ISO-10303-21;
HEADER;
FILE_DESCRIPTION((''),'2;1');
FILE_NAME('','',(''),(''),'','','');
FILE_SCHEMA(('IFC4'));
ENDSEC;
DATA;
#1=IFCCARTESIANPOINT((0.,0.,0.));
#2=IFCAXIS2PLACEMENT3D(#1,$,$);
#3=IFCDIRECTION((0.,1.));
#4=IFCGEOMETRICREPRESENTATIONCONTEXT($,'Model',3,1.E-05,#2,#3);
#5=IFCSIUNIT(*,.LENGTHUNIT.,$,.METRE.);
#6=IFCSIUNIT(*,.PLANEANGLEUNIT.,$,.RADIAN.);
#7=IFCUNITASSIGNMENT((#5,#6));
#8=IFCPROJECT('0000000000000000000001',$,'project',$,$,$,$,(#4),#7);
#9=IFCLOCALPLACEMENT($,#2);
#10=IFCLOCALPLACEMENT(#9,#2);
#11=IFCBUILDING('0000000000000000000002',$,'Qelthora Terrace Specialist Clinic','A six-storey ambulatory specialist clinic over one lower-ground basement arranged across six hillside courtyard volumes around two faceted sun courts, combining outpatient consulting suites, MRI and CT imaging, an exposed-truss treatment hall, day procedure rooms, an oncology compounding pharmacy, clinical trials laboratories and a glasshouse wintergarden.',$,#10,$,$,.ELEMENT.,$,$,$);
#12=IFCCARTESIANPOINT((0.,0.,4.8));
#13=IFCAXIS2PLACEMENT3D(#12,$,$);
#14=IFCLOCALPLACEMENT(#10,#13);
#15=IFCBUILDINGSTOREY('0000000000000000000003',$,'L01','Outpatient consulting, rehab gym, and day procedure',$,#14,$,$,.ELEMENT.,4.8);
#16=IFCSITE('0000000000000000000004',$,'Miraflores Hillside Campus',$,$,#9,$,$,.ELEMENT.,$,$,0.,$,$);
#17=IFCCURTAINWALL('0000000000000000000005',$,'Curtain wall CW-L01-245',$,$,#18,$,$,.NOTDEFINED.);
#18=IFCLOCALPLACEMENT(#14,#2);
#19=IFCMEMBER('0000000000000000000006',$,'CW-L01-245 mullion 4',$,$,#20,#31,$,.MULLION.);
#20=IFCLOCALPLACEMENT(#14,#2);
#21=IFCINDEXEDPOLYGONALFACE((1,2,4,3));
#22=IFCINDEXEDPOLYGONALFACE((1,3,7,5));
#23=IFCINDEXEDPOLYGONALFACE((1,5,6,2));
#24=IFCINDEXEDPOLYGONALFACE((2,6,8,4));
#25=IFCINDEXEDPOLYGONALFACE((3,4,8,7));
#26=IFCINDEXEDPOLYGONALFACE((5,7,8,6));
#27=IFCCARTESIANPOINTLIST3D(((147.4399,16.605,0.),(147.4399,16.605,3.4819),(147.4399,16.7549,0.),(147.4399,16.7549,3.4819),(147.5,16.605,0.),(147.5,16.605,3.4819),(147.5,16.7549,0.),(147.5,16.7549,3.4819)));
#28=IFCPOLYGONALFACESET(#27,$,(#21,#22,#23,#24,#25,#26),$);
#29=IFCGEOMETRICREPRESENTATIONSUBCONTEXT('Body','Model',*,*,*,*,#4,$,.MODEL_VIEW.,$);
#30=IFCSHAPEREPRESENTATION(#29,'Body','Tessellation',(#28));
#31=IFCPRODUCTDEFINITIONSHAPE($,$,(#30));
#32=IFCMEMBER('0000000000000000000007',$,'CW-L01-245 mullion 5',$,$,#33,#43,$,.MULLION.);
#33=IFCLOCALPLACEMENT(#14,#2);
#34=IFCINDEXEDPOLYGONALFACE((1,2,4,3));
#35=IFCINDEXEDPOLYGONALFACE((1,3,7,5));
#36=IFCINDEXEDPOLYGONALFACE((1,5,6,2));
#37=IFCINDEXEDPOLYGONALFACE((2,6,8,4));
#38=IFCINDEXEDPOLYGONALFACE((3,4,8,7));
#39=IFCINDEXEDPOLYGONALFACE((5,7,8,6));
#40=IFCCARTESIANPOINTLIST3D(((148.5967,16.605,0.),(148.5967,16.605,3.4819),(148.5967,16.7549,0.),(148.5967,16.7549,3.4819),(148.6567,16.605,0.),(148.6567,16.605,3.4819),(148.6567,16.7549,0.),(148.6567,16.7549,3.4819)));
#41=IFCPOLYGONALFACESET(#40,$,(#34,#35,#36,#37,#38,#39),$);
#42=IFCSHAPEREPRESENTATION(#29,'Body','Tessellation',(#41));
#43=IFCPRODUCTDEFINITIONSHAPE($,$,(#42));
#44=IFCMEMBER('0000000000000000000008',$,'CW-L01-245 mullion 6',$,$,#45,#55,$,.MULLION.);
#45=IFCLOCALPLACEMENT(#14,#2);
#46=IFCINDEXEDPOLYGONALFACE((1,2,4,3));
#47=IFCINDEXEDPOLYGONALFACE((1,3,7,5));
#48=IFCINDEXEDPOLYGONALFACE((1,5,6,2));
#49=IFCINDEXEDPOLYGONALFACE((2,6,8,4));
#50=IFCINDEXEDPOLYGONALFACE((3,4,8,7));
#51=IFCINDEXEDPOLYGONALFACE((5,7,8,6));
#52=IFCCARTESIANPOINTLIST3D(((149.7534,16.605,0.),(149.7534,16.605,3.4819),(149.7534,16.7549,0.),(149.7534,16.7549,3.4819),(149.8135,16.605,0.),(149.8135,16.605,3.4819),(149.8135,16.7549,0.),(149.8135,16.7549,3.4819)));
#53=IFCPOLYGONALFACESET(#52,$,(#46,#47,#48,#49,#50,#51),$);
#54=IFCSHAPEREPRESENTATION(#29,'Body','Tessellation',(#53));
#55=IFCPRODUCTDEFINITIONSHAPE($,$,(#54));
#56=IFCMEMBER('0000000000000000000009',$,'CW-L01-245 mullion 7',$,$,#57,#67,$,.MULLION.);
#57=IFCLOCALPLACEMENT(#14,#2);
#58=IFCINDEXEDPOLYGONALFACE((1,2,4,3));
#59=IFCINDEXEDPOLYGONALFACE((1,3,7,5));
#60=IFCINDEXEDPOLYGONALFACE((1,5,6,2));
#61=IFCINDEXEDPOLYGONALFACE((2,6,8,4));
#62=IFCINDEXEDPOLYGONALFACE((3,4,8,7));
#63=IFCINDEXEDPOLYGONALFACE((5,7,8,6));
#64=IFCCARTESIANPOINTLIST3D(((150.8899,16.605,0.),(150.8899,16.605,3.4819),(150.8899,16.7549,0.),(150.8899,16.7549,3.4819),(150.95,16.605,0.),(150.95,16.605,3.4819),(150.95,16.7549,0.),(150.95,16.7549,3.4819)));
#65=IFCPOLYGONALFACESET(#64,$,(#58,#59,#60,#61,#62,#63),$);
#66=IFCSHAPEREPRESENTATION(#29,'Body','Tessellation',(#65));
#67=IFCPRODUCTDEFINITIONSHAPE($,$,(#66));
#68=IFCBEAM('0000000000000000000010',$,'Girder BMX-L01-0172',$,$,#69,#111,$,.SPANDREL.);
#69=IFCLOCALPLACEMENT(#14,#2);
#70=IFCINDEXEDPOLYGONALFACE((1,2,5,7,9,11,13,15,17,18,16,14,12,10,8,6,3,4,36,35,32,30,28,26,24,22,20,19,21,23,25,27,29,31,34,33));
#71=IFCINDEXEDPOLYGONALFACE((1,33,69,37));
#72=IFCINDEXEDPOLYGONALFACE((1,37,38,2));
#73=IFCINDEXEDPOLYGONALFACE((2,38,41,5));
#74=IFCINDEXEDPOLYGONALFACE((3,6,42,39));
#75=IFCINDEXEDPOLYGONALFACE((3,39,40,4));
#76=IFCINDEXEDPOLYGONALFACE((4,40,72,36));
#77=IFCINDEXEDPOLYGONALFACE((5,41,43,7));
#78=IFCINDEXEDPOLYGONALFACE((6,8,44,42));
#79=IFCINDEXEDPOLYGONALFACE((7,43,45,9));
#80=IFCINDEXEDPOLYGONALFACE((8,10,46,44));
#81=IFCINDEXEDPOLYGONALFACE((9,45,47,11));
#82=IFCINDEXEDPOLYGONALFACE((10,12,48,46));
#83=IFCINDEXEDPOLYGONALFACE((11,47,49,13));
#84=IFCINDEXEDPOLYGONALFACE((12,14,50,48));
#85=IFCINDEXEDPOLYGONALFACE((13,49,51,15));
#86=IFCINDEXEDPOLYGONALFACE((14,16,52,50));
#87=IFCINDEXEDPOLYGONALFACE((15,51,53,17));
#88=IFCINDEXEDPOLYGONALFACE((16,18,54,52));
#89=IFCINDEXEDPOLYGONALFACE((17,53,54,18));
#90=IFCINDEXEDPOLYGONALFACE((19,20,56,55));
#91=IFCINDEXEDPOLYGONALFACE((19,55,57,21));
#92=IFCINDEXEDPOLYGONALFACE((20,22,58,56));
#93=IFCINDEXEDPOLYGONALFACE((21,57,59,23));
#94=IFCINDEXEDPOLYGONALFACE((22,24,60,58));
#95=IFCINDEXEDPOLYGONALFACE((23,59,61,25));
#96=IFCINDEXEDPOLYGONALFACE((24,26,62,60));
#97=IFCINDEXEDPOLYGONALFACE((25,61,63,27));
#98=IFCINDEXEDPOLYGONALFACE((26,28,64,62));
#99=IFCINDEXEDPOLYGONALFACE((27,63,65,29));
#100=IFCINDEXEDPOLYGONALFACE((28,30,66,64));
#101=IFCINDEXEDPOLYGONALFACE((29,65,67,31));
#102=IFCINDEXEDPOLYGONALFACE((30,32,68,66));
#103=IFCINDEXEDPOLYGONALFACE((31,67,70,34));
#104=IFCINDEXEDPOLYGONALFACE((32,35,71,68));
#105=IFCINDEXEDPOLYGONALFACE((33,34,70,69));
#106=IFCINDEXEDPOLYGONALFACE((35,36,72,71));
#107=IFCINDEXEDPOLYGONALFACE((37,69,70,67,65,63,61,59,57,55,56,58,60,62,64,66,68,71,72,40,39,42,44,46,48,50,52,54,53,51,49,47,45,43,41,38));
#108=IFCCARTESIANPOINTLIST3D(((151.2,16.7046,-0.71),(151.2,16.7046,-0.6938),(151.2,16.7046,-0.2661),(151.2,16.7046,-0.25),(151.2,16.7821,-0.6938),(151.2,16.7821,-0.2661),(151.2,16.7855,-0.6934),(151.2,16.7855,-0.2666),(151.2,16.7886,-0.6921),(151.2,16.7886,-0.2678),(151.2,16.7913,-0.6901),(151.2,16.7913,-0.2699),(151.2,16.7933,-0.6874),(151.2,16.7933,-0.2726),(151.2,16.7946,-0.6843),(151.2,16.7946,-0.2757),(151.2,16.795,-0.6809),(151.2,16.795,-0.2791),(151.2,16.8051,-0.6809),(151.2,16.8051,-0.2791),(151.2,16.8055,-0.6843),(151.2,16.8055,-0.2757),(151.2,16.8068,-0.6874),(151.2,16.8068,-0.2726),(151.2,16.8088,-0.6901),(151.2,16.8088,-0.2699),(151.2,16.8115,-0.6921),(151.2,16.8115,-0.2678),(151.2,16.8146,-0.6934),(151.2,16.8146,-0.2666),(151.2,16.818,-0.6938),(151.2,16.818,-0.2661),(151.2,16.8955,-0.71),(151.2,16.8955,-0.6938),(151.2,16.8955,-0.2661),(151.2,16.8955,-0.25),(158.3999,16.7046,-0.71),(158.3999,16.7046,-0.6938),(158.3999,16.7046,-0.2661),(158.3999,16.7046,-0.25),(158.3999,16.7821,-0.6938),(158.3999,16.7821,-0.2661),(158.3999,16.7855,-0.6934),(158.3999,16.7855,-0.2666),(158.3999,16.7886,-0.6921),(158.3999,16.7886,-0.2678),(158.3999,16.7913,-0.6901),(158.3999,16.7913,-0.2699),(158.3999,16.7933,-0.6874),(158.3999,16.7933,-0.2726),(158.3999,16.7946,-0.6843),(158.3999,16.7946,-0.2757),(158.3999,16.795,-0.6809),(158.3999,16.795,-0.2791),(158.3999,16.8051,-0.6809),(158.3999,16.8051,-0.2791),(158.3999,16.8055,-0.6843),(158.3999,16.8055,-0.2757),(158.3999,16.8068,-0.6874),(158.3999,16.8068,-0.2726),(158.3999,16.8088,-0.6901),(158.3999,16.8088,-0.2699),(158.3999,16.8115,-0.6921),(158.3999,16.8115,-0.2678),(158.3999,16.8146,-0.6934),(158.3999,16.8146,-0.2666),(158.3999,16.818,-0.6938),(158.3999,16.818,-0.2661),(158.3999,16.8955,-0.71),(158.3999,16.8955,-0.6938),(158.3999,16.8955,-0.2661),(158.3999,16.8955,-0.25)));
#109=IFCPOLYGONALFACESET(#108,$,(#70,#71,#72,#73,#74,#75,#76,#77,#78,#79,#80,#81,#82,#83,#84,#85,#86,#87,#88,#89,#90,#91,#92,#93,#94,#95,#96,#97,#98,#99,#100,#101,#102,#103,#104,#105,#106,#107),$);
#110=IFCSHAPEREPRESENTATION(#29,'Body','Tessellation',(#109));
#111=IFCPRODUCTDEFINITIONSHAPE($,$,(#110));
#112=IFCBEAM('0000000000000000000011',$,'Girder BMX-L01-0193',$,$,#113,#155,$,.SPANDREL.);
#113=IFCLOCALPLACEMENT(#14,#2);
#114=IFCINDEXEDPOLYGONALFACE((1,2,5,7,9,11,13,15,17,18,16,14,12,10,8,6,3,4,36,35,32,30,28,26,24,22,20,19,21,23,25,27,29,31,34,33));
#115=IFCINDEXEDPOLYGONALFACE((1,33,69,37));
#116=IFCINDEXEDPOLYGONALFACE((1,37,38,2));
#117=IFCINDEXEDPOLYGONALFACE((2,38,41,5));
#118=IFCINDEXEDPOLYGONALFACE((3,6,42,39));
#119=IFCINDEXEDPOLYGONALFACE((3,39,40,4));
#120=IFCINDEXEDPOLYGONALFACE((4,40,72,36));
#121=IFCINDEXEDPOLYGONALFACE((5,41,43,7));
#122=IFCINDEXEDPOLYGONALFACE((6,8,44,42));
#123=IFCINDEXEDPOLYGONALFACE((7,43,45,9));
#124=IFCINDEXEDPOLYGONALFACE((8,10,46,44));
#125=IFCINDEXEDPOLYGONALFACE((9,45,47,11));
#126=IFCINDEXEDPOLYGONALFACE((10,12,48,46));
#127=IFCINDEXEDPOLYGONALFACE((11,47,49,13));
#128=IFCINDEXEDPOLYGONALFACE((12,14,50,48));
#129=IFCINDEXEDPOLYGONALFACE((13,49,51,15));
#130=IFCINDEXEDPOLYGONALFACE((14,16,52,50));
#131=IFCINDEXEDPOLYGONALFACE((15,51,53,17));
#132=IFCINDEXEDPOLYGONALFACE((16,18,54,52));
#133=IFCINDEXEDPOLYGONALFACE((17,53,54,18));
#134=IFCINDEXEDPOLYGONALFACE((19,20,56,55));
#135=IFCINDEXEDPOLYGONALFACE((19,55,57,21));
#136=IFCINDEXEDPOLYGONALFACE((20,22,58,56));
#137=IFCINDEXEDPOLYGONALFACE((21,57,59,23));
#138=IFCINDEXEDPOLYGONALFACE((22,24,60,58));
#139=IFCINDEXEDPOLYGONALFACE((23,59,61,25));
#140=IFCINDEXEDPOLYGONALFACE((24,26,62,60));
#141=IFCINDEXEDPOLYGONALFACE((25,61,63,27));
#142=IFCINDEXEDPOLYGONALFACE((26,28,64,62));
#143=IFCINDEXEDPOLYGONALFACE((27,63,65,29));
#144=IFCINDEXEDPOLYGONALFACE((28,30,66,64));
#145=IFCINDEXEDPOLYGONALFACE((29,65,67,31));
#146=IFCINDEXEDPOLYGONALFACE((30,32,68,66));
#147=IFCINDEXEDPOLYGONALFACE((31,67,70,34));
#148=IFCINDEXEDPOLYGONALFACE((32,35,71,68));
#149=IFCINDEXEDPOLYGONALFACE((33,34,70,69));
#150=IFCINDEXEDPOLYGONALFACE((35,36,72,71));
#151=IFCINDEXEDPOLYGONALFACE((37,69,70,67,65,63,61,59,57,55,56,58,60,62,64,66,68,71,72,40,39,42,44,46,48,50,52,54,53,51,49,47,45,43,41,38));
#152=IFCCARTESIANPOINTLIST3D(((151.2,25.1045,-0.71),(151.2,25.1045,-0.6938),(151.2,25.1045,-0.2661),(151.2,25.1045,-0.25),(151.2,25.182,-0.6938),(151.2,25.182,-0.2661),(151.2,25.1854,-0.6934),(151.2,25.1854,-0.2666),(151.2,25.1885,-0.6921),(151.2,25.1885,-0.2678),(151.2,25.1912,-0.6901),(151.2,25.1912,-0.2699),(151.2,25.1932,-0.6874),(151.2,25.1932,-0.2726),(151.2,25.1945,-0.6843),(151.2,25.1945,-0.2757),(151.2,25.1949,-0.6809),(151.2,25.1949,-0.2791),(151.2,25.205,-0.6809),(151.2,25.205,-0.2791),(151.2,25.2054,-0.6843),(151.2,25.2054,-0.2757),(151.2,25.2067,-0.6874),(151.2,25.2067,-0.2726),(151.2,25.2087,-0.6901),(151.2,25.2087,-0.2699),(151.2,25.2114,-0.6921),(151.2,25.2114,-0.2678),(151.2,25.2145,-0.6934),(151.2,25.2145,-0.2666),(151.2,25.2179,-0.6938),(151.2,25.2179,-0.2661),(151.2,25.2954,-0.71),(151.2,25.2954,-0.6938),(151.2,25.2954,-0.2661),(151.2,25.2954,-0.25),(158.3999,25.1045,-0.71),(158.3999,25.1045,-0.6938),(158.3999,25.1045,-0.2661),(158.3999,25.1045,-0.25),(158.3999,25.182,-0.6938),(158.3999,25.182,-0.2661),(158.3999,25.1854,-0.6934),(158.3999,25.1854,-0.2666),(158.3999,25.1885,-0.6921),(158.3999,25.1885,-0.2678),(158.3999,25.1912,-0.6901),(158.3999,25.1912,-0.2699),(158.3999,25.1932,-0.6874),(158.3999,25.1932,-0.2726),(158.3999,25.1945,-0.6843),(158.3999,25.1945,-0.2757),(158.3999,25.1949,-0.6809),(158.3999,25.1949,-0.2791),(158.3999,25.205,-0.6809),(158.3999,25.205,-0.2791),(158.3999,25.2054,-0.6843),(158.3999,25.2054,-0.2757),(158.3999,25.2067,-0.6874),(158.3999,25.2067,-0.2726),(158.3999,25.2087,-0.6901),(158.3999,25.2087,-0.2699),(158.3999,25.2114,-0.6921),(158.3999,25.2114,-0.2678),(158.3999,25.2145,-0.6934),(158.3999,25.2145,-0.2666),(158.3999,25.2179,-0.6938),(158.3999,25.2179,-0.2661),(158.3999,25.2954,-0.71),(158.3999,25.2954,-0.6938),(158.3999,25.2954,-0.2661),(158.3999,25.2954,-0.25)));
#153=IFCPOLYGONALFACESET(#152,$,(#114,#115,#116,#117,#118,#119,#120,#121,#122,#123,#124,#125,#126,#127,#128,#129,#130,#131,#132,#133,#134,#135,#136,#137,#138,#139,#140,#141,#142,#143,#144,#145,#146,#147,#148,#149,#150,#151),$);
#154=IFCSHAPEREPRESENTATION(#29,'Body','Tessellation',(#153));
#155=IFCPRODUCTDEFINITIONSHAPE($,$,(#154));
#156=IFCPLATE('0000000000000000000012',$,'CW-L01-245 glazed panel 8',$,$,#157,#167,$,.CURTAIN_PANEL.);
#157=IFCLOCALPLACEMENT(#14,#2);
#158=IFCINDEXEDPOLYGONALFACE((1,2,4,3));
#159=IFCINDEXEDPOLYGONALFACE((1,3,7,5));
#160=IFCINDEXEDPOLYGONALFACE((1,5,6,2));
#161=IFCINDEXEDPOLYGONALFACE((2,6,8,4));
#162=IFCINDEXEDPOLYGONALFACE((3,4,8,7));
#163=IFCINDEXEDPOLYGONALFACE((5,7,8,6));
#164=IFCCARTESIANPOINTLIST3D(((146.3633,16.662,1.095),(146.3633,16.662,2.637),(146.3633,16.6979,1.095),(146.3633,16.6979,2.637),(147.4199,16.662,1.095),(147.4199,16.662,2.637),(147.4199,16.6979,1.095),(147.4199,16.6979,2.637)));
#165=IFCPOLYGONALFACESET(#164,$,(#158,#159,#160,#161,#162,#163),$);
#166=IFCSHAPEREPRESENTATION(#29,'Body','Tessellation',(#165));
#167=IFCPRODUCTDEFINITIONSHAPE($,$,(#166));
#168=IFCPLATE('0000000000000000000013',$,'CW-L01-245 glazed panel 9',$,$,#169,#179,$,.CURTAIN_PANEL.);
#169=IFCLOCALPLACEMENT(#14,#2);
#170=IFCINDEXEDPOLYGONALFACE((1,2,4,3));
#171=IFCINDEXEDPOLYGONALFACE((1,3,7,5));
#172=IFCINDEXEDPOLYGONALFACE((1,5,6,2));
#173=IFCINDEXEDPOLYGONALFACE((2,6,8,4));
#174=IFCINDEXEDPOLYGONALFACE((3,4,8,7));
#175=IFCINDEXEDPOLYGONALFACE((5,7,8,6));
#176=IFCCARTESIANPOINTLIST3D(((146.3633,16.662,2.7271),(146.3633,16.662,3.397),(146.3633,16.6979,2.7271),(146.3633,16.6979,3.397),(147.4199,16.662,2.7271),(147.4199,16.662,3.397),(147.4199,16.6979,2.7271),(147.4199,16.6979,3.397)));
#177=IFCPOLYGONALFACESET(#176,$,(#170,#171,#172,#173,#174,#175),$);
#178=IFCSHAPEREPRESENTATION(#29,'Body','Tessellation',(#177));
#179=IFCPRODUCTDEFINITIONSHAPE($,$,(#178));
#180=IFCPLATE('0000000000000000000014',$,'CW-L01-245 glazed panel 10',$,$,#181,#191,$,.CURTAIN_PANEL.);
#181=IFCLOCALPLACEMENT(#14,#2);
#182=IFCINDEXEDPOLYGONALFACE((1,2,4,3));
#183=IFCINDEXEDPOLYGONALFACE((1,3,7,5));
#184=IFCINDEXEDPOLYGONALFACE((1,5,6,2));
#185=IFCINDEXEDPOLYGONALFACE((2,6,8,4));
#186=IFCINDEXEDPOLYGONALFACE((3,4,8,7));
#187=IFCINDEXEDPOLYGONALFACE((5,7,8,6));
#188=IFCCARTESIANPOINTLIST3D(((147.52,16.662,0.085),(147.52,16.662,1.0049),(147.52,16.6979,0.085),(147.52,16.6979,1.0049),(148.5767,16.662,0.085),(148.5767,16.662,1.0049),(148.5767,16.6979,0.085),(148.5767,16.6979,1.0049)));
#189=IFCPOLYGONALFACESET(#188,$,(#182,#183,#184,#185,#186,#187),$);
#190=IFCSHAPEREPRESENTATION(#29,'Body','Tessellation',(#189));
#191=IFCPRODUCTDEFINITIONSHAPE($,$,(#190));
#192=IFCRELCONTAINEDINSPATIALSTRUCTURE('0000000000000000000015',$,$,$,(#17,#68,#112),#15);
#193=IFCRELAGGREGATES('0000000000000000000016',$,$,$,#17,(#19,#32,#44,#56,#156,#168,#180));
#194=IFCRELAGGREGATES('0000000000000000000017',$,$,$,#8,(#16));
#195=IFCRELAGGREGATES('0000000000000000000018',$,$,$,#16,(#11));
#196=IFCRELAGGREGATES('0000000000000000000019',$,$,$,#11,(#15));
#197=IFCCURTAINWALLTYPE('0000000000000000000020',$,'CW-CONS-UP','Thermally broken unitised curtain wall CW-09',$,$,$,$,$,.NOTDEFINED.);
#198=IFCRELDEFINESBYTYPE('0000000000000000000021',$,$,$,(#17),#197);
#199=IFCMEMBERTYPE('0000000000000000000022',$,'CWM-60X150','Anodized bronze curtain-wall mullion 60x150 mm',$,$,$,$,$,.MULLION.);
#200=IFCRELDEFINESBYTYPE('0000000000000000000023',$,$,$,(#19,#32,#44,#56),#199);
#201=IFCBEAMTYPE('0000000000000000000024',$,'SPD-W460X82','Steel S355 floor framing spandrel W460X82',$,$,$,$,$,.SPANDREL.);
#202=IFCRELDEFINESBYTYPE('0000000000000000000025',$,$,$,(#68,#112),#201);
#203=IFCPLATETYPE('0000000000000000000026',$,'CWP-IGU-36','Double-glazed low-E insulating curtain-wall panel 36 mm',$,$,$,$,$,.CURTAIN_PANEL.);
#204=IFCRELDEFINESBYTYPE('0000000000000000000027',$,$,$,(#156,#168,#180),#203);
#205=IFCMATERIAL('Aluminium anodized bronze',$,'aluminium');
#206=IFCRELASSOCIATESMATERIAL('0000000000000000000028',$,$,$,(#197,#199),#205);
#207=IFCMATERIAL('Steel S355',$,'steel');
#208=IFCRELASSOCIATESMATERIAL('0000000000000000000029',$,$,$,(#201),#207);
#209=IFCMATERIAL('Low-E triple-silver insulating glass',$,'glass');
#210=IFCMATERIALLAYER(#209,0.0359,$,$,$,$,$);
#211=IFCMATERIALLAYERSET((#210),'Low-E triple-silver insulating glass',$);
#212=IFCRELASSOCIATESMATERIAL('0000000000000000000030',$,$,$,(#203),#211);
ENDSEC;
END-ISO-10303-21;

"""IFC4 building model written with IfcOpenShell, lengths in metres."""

from ifc_helpers import new_model, si_unit, direction, frame, origin, origin_2d, place, context, subcontext, project, spatial, rectangle, i_section, extrude, material, layer, layer_set, material_profile, profile_set, type_object, element, aggregate, save


model = new_model("IFC4")

# Units and contexts
model_context = context("Model", 3, precision=1e-05, world=origin(), true_north=direction((0.0, 1.0)))
body_context = subcontext(model_context, "Body", "Model", "MODEL_VIEW")
ifc_project = project(units=[si_unit("LENGTHUNIT", "METRE"), si_unit("PLANEANGLEUNIT", "RADIAN")], contexts=[model_context])

# Site, building, storey
site_placement = place(None, origin())
site = spatial("IfcSite", under=ifc_project, at=site_placement, Name="Miraflores Hillside Campus", CompositionType="ELEMENT", RefElevation=0.0)
building_placement = place(site_placement, origin())
building = spatial("IfcBuilding", under=site, at=building_placement, Name="Qelthora Terrace Specialist Clinic", Description="A six-storey ambulatory specialist clinic over one lower-ground basement arranged across six hillside courtyard volumes around two faceted sun courts, combining outpatient consulting suites, MRI and CT imaging, an exposed-truss treatment hall, day procedure rooms, an oncology compounding pharmacy, clinical trials laboratories and a glasshouse wintergarden.", CompositionType="ELEMENT")
storey_placement = place(building_placement, frame((0.0, 0.0, 4.8)))
storey = spatial("IfcBuildingStorey", under=building, at=storey_placement, Name="L01", Description="Outpatient consulting, rehab gym, and day procedure", CompositionType="ELEMENT", Elevation=4.8)

# Shared definitions
ifc_material_1 = material(Name="Steel S355", Category="steel")

# Curtain wall, members
ifc_material_2 = material(Name="Aluminium anodized bronze", Category="aluminium")
curtain_wall_type = type_object("IfcCurtainWallType", Name="CW-CONS-UP", Description="Thermally broken unitised curtain wall CW-09", PredefinedType="NOTDEFINED", material=ifc_material_2)
curtain_wall_placement = place(storey_placement, origin())
curtain_wall = element("IfcCurtainWall", 1, at=curtain_wall_placement, inside=storey, type_object=curtain_wall_type, Name="Curtain wall CW-L01-245", PredefinedType="NOTDEFINED")
ifc_material_profile_1 = material_profile(ifc_material_2, rectangle(XDim=0.0601, YDim=0.1499, at=origin_2d()), Name="CWM60X150")
ifc_profile_set_1 = profile_set([ifc_material_profile_1], Name="Aluminium anodized bronze")
member_type = type_object("IfcMemberType", Name="CWM-60X150", Description="Anodized bronze curtain-wall mullion 60x150 mm", PredefinedType="MULLION", material=ifc_profile_set_1)
member_1_placement = place(storey_placement, frame((147.47, 16.6799, 0.0), z_axis=(0.0, 0.0, 1.0), x_axis=(1.0, 0.0, 0.0)))
member_1 = element("IfcMember", 2, at=member_1_placement, type_object=member_type, Name="CW-L01-245 mullion 4", PredefinedType="MULLION", context=body_context, shape_type="SweptSolid", body=[
    extrude(rectangle(XDim=0.0601, YDim=0.1499, at=origin_2d()), origin(), (0.0, 0.0, 1.0), 3.4819),
])
member_2_placement = place(storey_placement, frame((148.6267, 16.6799, 0.0), z_axis=(0.0, 0.0, 1.0), x_axis=(1.0, 0.0, 0.0)))
member_2 = element("IfcMember", 3, at=member_2_placement, type_object=member_type, Name="CW-L01-245 mullion 5", PredefinedType="MULLION", context=body_context, shape_type="SweptSolid", body=[
    extrude(rectangle(XDim=0.0601, YDim=0.1499, at=origin_2d()), origin(), (0.0, 0.0, 1.0), 3.4819),
])
member_3_placement = place(storey_placement, frame((149.7834, 16.6799, 0.0), z_axis=(0.0, 0.0, 1.0), x_axis=(1.0, 0.0, 0.0)))
member_3 = element("IfcMember", 4, at=member_3_placement, type_object=member_type, Name="CW-L01-245 mullion 6", PredefinedType="MULLION", context=body_context, shape_type="SweptSolid", body=[
    extrude(rectangle(XDim=0.0601, YDim=0.1499, at=origin_2d()), origin(), (0.0, 0.0, 1.0), 3.4819),
])
member_4_placement = place(storey_placement, frame((150.9199, 16.6799, 0.0), z_axis=(0.0, 0.0, 1.0), x_axis=(1.0, 0.0, 0.0)))
member_4 = element("IfcMember", 5, at=member_4_placement, type_object=member_type, Name="CW-L01-245 mullion 7", PredefinedType="MULLION", context=body_context, shape_type="SweptSolid", body=[
    extrude(rectangle(XDim=0.0601, YDim=0.1499, at=origin_2d()), origin(), (0.0, 0.0, 1.0), 3.4819),
])

# Beams
ifc_material_profile_2 = material_profile(ifc_material_1, i_section(OverallWidth=0.1909, OverallDepth=0.46, WebThickness=0.01, FlangeThickness=0.0161, FilletRadius=0.0129, at=origin_2d()), Name="W460X82")
ifc_profile_set_2 = profile_set([ifc_material_profile_2], Name="Steel S355")
beam_type_1 = type_object("IfcBeamType", Name="SPD-W460X82", Description="Steel S355 floor framing spandrel W460X82", PredefinedType="SPANDREL", material=ifc_profile_set_2)
for number, where, z_axis, x_axis, name in (
    (6, (151.2, 16.8, -0.48), (1.0, 0.0, 0.0), (0.0, 1.0, 0.0), "Girder BMX-L01-0172"),
    (7, (151.2, 25.2, -0.48), (1.0, 0.0, 0.0), (0.0, 1.0, 0.0), "Girder BMX-L01-0193"),
):
    element("IfcBeam", number, at=place(storey_placement, frame(where, z_axis=z_axis, x_axis=x_axis)), inside=storey, type_object=beam_type_1, Name=name, PredefinedType="SPANDREL", context=body_context, shape_type="SweptSolid", body=[
        extrude(i_section(OverallWidth=0.1909, OverallDepth=0.46, WebThickness=0.01, FlangeThickness=0.0161, FilletRadius=0.0129, at=origin_2d()), origin(), (0.0, 0.0, 1.0), 7.2),
    ])

# Plates
ifc_material_3 = material(Name="Low-E triple-silver insulating glass", Category="glass")
ifc_layer_1 = layer(ifc_material_3, 0.0359)
ifc_layer_set_1 = layer_set([ifc_layer_1], Name="Low-E triple-silver insulating glass")
plate_type = type_object("IfcPlateType", Name="CWP-IGU-36", Description="Double-glazed low-E insulating curtain-wall panel 36 mm", PredefinedType="CURTAIN_PANEL", material=ifc_layer_set_1)
plate_1_placement = place(storey_placement, frame((146.8916, 16.6799, 1.095), z_axis=(0.0, 0.0, 1.0), x_axis=(1.0, 0.0, 0.0)))
plate_1 = element("IfcPlate", 8, at=plate_1_placement, type_object=plate_type, Name="CW-L01-245 glazed panel 8", PredefinedType="CURTAIN_PANEL", context=body_context, shape_type="SweptSolid", body=[
    extrude(rectangle(XDim=1.0566, YDim=0.0359, at=origin_2d()), origin(), (0.0, 0.0, 1.0), 1.542),
])
plate_2_placement = place(storey_placement, frame((146.8916, 16.6799, 2.7271), z_axis=(0.0, 0.0, 1.0), x_axis=(1.0, 0.0, 0.0)))
plate_2 = element("IfcPlate", 9, at=plate_2_placement, type_object=plate_type, Name="CW-L01-245 glazed panel 9", PredefinedType="CURTAIN_PANEL", context=body_context, shape_type="SweptSolid", body=[
    extrude(rectangle(XDim=1.0566, YDim=0.0359, at=origin_2d()), origin(), (0.0, 0.0, 1.0), 0.6699),
])
plate_3_placement = place(storey_placement, frame((148.0483, 16.6799, 0.085), z_axis=(0.0, 0.0, 1.0), x_axis=(1.0, 0.0, 0.0)))
plate_3 = element("IfcPlate", 10, at=plate_3_placement, type_object=plate_type, Name="CW-L01-245 glazed panel 10", PredefinedType="CURTAIN_PANEL", context=body_context, shape_type="SweptSolid", body=[
    extrude(rectangle(XDim=1.0566, YDim=0.0359, at=origin_2d()), origin(), (0.0, 0.0, 1.0), 0.9199),
])
aggregate(curtain_wall, [member_1, member_2, member_3, member_4, plate_1, plate_2, plate_3])

save(model, "model.ifc")
